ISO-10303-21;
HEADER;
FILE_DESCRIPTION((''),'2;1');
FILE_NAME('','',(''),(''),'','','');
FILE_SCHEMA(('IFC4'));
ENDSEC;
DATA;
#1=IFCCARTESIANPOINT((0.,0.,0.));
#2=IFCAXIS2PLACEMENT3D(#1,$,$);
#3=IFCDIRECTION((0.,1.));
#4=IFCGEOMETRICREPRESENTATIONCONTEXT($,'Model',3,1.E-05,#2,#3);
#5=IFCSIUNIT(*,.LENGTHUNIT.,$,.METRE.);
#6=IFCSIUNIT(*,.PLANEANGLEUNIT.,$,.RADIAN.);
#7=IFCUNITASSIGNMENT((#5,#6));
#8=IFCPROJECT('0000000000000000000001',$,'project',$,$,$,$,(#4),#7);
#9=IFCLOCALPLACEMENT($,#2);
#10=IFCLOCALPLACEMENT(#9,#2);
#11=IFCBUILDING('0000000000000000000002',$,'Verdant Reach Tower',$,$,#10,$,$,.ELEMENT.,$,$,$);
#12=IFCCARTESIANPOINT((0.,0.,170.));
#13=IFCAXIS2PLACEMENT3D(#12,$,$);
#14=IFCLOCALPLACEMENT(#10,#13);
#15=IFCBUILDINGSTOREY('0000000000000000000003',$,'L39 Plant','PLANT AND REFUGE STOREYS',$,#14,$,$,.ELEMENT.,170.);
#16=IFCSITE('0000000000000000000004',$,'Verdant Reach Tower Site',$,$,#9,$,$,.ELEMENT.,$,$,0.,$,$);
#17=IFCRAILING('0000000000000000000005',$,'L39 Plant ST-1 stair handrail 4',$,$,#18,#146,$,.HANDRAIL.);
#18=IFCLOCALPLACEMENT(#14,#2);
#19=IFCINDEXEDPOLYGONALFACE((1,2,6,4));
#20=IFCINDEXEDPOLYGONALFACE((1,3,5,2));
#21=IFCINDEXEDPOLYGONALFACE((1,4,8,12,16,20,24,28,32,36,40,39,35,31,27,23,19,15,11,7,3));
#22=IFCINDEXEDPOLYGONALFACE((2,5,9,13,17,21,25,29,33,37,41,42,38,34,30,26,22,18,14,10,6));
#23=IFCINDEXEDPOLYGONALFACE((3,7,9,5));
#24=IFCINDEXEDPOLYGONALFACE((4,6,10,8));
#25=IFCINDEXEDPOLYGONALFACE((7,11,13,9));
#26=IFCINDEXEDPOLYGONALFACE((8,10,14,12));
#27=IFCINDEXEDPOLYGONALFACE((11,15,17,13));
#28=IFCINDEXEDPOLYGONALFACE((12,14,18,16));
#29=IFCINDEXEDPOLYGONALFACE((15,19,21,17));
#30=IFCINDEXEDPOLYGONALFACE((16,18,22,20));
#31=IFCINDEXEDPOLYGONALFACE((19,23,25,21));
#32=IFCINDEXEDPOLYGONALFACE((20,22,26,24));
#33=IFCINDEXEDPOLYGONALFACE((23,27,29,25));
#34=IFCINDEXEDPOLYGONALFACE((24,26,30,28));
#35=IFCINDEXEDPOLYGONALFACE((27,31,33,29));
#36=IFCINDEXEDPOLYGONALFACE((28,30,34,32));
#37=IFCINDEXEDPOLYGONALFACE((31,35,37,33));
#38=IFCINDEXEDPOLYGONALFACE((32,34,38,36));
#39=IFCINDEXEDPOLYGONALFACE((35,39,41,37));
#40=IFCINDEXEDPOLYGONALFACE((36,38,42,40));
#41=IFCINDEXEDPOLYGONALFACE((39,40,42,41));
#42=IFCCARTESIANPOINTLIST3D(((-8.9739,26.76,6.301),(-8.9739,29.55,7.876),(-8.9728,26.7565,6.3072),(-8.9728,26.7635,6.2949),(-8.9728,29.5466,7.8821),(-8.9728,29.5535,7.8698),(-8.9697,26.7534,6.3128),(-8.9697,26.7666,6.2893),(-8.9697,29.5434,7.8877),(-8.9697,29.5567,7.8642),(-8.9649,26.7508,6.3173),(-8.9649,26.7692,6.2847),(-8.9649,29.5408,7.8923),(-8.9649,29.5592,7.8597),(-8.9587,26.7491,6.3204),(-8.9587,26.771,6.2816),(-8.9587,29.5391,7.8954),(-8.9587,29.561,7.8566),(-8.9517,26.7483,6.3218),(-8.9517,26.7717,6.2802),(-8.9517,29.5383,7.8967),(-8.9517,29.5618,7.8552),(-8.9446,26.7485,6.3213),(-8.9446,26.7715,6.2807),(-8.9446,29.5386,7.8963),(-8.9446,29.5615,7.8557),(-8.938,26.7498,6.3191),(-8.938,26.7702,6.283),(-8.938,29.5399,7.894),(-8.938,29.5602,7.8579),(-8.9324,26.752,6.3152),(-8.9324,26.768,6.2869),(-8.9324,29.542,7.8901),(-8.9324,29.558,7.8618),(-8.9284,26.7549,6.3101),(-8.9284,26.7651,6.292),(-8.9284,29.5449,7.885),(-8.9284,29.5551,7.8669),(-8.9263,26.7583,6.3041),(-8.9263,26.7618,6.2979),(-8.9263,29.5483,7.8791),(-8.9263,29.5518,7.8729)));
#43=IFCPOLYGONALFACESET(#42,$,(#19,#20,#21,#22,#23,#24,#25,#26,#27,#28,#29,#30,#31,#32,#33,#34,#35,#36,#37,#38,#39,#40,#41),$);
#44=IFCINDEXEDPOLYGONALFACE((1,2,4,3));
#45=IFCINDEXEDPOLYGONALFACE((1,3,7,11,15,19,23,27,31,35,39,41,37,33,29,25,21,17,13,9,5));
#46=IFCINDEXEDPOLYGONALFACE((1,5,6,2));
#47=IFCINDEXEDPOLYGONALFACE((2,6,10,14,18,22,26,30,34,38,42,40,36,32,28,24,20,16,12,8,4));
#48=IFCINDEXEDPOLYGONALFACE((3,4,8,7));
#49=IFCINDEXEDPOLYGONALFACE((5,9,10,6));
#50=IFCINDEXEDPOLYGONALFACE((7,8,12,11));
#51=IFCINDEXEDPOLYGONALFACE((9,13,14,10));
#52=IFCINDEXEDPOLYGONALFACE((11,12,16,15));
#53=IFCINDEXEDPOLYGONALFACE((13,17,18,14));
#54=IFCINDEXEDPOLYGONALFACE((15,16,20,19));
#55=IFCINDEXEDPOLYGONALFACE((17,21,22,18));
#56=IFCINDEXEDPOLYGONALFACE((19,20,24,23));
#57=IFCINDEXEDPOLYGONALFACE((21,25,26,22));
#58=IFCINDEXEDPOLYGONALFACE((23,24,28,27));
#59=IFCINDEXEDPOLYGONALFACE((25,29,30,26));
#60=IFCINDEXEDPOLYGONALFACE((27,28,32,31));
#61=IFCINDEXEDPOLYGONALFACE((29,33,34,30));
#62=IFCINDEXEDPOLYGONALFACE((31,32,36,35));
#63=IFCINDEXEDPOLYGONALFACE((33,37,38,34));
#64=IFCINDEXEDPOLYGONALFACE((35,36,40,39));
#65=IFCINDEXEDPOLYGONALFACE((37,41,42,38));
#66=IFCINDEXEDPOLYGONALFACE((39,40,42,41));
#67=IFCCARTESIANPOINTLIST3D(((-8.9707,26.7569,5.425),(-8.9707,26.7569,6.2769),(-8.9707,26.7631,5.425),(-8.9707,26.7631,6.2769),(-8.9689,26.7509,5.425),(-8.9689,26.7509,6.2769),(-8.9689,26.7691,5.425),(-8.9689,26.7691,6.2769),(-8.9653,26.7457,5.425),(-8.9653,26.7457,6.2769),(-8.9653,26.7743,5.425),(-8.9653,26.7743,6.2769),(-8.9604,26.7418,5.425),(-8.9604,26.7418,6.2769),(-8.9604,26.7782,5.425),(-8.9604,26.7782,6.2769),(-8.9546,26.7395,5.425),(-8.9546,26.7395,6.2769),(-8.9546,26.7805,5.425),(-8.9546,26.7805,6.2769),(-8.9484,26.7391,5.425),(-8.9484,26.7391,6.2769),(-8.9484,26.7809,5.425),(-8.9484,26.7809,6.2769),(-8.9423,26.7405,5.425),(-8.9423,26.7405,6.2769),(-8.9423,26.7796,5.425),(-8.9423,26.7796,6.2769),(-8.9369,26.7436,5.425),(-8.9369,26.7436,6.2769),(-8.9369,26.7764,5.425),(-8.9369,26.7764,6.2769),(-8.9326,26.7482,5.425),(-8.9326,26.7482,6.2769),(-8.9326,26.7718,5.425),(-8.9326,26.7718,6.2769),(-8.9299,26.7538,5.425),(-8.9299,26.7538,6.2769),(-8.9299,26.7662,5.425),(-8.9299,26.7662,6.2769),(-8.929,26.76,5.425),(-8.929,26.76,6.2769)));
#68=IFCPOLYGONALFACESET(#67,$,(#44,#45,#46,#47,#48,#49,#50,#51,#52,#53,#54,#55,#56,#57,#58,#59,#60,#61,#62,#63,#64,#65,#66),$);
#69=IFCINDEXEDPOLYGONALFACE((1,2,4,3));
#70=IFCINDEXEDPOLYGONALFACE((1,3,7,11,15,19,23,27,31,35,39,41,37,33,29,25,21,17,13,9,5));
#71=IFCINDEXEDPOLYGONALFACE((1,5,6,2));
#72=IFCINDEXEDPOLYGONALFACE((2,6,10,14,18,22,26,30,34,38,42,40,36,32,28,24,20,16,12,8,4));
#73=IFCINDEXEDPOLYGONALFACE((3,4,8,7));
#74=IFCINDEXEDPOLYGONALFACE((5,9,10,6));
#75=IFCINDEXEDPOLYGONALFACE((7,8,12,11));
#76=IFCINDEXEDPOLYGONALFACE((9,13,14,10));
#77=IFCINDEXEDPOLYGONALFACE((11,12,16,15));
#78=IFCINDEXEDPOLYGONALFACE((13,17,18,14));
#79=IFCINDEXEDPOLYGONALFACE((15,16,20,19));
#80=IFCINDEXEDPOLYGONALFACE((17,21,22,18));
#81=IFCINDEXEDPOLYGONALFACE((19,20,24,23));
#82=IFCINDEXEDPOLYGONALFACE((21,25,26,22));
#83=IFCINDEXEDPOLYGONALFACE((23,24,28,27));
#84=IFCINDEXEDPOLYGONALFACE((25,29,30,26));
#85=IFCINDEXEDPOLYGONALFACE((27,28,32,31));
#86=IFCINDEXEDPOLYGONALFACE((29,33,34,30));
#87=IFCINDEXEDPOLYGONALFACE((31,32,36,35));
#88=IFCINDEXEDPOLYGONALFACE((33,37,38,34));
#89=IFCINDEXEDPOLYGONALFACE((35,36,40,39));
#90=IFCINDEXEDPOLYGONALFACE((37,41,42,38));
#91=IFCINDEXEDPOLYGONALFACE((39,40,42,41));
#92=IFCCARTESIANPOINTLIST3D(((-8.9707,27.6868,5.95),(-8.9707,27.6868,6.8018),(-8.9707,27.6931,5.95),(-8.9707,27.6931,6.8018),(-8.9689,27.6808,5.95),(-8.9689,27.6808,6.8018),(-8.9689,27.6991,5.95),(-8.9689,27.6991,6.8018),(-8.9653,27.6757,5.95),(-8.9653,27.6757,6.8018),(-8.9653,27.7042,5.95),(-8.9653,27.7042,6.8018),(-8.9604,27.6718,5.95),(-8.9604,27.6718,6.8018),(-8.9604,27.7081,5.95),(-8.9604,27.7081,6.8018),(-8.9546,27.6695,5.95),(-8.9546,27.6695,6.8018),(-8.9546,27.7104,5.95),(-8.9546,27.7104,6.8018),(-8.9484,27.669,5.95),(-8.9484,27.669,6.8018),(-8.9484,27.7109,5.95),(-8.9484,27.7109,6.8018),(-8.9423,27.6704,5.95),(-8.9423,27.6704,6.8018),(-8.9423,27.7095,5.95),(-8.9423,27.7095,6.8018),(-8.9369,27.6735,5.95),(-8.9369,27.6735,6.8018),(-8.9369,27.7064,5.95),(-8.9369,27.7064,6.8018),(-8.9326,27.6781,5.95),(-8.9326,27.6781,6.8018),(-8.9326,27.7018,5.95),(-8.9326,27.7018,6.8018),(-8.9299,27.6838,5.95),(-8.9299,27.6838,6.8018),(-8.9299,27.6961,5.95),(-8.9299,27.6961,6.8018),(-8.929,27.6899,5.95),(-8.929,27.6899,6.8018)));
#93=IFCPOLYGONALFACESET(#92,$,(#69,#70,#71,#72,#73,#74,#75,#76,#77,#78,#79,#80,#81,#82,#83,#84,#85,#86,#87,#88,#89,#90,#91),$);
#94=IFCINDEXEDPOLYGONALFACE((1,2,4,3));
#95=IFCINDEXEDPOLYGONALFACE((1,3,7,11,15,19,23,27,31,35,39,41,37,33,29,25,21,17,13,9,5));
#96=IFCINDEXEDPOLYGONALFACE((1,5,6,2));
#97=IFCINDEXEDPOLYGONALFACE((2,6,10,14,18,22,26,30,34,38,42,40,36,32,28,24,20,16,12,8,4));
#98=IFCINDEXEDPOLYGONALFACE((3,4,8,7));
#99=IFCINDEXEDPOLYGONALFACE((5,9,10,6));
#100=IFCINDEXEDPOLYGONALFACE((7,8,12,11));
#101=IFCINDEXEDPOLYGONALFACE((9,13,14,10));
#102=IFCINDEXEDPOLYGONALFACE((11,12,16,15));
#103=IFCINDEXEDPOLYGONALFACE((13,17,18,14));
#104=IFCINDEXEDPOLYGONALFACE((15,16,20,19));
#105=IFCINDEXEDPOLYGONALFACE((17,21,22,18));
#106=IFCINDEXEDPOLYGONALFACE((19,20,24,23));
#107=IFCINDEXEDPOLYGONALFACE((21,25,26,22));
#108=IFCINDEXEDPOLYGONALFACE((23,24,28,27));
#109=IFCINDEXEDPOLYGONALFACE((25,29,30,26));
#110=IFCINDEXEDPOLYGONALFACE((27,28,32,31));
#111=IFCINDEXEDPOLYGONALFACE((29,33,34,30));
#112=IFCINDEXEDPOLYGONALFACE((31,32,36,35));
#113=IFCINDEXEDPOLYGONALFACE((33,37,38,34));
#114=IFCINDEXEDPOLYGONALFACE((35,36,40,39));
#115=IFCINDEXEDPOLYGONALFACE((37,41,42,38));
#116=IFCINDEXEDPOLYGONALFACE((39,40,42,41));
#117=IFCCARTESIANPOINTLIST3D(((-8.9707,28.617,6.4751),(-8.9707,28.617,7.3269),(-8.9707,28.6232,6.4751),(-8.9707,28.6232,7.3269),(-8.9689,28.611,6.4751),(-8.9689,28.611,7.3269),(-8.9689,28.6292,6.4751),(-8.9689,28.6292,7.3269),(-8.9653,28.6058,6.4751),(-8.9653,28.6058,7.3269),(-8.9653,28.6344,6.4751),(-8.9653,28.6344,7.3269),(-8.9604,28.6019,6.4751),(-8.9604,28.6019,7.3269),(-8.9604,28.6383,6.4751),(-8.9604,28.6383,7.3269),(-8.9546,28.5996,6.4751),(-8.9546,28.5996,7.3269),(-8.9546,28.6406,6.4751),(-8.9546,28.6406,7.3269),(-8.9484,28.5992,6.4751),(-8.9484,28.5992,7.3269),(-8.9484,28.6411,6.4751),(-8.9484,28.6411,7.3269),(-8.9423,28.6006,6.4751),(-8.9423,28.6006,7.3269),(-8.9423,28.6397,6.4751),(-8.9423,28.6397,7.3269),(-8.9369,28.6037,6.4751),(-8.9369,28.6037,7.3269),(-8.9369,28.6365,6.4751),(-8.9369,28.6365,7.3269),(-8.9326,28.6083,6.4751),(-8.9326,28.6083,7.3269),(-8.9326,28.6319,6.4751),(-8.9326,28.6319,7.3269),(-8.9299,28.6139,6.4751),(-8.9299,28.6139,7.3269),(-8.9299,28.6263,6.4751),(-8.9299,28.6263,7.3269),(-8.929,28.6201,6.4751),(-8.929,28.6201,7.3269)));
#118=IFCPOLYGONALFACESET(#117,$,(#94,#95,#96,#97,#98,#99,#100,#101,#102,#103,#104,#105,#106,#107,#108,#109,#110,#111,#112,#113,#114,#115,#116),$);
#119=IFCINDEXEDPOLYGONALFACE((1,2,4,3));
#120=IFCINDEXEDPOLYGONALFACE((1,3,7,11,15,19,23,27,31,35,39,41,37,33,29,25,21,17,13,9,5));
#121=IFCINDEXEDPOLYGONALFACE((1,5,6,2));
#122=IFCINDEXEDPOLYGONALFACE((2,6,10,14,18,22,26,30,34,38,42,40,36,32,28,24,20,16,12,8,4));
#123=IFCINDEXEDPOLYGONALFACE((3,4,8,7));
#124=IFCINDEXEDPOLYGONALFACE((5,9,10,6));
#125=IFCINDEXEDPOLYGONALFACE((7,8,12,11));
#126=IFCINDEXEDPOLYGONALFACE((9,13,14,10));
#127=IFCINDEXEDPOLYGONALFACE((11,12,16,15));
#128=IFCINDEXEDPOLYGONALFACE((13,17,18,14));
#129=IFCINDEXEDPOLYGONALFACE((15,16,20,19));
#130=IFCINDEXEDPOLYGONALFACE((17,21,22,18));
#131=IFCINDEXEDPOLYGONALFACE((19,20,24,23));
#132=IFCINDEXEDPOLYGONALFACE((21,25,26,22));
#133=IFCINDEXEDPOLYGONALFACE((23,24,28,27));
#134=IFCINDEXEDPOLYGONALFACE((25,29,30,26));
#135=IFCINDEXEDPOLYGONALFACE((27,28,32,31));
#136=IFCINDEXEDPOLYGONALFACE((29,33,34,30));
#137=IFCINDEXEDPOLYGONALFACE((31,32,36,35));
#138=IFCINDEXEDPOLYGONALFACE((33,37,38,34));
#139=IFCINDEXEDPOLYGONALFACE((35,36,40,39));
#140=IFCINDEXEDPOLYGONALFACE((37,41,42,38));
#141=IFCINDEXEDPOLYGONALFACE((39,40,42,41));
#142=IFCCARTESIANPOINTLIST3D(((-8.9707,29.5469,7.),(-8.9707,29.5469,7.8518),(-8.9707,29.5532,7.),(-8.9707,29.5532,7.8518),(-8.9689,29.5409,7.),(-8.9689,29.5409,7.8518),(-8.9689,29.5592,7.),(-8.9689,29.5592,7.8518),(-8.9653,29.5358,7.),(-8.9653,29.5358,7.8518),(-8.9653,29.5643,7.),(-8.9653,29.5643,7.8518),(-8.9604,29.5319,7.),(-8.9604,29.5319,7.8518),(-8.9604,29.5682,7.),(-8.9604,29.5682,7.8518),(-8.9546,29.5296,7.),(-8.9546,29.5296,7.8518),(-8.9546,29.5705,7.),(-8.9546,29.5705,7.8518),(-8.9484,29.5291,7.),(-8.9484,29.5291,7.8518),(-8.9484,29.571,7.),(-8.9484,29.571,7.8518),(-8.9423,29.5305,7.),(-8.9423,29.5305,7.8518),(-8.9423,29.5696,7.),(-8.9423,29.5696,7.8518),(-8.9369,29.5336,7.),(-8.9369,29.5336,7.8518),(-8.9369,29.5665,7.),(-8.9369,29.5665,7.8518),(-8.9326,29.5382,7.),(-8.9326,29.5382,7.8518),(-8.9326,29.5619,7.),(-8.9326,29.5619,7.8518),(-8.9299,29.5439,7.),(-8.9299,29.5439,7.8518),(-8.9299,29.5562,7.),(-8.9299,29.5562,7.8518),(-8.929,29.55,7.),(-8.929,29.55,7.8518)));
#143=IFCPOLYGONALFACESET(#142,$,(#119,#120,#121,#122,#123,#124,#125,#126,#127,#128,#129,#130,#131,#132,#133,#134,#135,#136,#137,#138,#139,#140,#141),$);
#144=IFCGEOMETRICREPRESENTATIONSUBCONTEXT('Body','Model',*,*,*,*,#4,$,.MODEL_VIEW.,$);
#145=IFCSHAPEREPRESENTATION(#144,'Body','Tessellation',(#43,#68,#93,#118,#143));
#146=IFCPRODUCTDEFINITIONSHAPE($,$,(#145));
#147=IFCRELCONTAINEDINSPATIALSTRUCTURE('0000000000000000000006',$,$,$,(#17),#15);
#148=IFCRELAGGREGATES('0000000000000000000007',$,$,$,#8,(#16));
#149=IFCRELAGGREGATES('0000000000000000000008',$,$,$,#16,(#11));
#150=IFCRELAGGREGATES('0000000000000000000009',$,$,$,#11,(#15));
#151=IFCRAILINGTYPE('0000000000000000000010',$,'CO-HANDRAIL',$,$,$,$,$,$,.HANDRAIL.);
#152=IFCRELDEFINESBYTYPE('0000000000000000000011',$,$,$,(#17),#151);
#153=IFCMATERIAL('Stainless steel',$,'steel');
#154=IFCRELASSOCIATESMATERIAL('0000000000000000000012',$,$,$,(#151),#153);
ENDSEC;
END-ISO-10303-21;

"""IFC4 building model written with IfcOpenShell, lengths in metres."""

from ifc_helpers import new_model, si_unit, direction, frame, origin, origin_2d, place, context, subcontext, project, spatial, circle, extrude, material, type_object, element, save


model = new_model("IFC4")

# Units and contexts
model_context = context("Model", 3, precision=1e-05, world=origin(), true_north=direction((0.0, 1.0)))
body_context = subcontext(model_context, "Body", "Model", "MODEL_VIEW")
ifc_project = project(units=[si_unit("LENGTHUNIT", "METRE"), si_unit("PLANEANGLEUNIT", "RADIAN")], contexts=[model_context])

# Site, building, storey
site_placement = place(None, origin())
site = spatial("IfcSite", under=ifc_project, at=site_placement, Name="Verdant Reach Tower Site", CompositionType="ELEMENT", RefElevation=0.0)
building_placement = place(site_placement, origin())
building = spatial("IfcBuilding", under=site, at=building_placement, Name="Verdant Reach Tower", CompositionType="ELEMENT")
storey_placement = place(building_placement, frame((0.0, 0.0, 170.0)))
storey = spatial("IfcBuildingStorey", under=building, at=storey_placement, Name="L39 Plant", Description="PLANT AND REFUGE STOREYS", CompositionType="ELEMENT", Elevation=170.0)

# Shared definitions
ifc_material_1 = material(Name="Stainless steel", Category="steel")

# Railing
railing_type_1 = type_object("IfcRailingType", Name="CO-HANDRAIL", PredefinedType="HANDRAIL", material=ifc_material_1)
railing_1_placement = place(storey_placement, frame((-8.95, 26.76, 5.425)))
element("IfcRailing", 1, at=railing_1_placement, inside=storey, type_object=railing_type_1, Name="L39 Plant ST-1 stair handrail 4", PredefinedType="HANDRAIL", context=body_context, shape_type="SweptSolid", body=[
    extrude(circle(Radius=0.0239, at=origin_2d()), frame((0.0, 0.0, 0.876), z_axis=(0.0, 0.870834, 0.491578), x_axis=(-1.0, 0.0, 0.0)), (0.0, 0.0, 1.0), 3.2039),
    extrude(circle(Radius=0.021, at=origin_2d()), origin(), (0.0, 0.0, 1.0), 0.8518),
    extrude(circle(Radius=0.021, at=origin_2d()), frame((0.0, 0.9299, 0.5249)), (0.0, 0.0, 1.0), 0.8518),
    extrude(circle(Radius=0.021, at=origin_2d()), frame((0.0, 1.8601, 1.05)), (0.0, 0.0, 1.0), 0.8518),
    extrude(circle(Radius=0.021, at=origin_2d()), frame((0.0, 2.79, 1.575)), (0.0, 0.0, 1.0), 0.8518),
])

save(model, "model.ifc")
